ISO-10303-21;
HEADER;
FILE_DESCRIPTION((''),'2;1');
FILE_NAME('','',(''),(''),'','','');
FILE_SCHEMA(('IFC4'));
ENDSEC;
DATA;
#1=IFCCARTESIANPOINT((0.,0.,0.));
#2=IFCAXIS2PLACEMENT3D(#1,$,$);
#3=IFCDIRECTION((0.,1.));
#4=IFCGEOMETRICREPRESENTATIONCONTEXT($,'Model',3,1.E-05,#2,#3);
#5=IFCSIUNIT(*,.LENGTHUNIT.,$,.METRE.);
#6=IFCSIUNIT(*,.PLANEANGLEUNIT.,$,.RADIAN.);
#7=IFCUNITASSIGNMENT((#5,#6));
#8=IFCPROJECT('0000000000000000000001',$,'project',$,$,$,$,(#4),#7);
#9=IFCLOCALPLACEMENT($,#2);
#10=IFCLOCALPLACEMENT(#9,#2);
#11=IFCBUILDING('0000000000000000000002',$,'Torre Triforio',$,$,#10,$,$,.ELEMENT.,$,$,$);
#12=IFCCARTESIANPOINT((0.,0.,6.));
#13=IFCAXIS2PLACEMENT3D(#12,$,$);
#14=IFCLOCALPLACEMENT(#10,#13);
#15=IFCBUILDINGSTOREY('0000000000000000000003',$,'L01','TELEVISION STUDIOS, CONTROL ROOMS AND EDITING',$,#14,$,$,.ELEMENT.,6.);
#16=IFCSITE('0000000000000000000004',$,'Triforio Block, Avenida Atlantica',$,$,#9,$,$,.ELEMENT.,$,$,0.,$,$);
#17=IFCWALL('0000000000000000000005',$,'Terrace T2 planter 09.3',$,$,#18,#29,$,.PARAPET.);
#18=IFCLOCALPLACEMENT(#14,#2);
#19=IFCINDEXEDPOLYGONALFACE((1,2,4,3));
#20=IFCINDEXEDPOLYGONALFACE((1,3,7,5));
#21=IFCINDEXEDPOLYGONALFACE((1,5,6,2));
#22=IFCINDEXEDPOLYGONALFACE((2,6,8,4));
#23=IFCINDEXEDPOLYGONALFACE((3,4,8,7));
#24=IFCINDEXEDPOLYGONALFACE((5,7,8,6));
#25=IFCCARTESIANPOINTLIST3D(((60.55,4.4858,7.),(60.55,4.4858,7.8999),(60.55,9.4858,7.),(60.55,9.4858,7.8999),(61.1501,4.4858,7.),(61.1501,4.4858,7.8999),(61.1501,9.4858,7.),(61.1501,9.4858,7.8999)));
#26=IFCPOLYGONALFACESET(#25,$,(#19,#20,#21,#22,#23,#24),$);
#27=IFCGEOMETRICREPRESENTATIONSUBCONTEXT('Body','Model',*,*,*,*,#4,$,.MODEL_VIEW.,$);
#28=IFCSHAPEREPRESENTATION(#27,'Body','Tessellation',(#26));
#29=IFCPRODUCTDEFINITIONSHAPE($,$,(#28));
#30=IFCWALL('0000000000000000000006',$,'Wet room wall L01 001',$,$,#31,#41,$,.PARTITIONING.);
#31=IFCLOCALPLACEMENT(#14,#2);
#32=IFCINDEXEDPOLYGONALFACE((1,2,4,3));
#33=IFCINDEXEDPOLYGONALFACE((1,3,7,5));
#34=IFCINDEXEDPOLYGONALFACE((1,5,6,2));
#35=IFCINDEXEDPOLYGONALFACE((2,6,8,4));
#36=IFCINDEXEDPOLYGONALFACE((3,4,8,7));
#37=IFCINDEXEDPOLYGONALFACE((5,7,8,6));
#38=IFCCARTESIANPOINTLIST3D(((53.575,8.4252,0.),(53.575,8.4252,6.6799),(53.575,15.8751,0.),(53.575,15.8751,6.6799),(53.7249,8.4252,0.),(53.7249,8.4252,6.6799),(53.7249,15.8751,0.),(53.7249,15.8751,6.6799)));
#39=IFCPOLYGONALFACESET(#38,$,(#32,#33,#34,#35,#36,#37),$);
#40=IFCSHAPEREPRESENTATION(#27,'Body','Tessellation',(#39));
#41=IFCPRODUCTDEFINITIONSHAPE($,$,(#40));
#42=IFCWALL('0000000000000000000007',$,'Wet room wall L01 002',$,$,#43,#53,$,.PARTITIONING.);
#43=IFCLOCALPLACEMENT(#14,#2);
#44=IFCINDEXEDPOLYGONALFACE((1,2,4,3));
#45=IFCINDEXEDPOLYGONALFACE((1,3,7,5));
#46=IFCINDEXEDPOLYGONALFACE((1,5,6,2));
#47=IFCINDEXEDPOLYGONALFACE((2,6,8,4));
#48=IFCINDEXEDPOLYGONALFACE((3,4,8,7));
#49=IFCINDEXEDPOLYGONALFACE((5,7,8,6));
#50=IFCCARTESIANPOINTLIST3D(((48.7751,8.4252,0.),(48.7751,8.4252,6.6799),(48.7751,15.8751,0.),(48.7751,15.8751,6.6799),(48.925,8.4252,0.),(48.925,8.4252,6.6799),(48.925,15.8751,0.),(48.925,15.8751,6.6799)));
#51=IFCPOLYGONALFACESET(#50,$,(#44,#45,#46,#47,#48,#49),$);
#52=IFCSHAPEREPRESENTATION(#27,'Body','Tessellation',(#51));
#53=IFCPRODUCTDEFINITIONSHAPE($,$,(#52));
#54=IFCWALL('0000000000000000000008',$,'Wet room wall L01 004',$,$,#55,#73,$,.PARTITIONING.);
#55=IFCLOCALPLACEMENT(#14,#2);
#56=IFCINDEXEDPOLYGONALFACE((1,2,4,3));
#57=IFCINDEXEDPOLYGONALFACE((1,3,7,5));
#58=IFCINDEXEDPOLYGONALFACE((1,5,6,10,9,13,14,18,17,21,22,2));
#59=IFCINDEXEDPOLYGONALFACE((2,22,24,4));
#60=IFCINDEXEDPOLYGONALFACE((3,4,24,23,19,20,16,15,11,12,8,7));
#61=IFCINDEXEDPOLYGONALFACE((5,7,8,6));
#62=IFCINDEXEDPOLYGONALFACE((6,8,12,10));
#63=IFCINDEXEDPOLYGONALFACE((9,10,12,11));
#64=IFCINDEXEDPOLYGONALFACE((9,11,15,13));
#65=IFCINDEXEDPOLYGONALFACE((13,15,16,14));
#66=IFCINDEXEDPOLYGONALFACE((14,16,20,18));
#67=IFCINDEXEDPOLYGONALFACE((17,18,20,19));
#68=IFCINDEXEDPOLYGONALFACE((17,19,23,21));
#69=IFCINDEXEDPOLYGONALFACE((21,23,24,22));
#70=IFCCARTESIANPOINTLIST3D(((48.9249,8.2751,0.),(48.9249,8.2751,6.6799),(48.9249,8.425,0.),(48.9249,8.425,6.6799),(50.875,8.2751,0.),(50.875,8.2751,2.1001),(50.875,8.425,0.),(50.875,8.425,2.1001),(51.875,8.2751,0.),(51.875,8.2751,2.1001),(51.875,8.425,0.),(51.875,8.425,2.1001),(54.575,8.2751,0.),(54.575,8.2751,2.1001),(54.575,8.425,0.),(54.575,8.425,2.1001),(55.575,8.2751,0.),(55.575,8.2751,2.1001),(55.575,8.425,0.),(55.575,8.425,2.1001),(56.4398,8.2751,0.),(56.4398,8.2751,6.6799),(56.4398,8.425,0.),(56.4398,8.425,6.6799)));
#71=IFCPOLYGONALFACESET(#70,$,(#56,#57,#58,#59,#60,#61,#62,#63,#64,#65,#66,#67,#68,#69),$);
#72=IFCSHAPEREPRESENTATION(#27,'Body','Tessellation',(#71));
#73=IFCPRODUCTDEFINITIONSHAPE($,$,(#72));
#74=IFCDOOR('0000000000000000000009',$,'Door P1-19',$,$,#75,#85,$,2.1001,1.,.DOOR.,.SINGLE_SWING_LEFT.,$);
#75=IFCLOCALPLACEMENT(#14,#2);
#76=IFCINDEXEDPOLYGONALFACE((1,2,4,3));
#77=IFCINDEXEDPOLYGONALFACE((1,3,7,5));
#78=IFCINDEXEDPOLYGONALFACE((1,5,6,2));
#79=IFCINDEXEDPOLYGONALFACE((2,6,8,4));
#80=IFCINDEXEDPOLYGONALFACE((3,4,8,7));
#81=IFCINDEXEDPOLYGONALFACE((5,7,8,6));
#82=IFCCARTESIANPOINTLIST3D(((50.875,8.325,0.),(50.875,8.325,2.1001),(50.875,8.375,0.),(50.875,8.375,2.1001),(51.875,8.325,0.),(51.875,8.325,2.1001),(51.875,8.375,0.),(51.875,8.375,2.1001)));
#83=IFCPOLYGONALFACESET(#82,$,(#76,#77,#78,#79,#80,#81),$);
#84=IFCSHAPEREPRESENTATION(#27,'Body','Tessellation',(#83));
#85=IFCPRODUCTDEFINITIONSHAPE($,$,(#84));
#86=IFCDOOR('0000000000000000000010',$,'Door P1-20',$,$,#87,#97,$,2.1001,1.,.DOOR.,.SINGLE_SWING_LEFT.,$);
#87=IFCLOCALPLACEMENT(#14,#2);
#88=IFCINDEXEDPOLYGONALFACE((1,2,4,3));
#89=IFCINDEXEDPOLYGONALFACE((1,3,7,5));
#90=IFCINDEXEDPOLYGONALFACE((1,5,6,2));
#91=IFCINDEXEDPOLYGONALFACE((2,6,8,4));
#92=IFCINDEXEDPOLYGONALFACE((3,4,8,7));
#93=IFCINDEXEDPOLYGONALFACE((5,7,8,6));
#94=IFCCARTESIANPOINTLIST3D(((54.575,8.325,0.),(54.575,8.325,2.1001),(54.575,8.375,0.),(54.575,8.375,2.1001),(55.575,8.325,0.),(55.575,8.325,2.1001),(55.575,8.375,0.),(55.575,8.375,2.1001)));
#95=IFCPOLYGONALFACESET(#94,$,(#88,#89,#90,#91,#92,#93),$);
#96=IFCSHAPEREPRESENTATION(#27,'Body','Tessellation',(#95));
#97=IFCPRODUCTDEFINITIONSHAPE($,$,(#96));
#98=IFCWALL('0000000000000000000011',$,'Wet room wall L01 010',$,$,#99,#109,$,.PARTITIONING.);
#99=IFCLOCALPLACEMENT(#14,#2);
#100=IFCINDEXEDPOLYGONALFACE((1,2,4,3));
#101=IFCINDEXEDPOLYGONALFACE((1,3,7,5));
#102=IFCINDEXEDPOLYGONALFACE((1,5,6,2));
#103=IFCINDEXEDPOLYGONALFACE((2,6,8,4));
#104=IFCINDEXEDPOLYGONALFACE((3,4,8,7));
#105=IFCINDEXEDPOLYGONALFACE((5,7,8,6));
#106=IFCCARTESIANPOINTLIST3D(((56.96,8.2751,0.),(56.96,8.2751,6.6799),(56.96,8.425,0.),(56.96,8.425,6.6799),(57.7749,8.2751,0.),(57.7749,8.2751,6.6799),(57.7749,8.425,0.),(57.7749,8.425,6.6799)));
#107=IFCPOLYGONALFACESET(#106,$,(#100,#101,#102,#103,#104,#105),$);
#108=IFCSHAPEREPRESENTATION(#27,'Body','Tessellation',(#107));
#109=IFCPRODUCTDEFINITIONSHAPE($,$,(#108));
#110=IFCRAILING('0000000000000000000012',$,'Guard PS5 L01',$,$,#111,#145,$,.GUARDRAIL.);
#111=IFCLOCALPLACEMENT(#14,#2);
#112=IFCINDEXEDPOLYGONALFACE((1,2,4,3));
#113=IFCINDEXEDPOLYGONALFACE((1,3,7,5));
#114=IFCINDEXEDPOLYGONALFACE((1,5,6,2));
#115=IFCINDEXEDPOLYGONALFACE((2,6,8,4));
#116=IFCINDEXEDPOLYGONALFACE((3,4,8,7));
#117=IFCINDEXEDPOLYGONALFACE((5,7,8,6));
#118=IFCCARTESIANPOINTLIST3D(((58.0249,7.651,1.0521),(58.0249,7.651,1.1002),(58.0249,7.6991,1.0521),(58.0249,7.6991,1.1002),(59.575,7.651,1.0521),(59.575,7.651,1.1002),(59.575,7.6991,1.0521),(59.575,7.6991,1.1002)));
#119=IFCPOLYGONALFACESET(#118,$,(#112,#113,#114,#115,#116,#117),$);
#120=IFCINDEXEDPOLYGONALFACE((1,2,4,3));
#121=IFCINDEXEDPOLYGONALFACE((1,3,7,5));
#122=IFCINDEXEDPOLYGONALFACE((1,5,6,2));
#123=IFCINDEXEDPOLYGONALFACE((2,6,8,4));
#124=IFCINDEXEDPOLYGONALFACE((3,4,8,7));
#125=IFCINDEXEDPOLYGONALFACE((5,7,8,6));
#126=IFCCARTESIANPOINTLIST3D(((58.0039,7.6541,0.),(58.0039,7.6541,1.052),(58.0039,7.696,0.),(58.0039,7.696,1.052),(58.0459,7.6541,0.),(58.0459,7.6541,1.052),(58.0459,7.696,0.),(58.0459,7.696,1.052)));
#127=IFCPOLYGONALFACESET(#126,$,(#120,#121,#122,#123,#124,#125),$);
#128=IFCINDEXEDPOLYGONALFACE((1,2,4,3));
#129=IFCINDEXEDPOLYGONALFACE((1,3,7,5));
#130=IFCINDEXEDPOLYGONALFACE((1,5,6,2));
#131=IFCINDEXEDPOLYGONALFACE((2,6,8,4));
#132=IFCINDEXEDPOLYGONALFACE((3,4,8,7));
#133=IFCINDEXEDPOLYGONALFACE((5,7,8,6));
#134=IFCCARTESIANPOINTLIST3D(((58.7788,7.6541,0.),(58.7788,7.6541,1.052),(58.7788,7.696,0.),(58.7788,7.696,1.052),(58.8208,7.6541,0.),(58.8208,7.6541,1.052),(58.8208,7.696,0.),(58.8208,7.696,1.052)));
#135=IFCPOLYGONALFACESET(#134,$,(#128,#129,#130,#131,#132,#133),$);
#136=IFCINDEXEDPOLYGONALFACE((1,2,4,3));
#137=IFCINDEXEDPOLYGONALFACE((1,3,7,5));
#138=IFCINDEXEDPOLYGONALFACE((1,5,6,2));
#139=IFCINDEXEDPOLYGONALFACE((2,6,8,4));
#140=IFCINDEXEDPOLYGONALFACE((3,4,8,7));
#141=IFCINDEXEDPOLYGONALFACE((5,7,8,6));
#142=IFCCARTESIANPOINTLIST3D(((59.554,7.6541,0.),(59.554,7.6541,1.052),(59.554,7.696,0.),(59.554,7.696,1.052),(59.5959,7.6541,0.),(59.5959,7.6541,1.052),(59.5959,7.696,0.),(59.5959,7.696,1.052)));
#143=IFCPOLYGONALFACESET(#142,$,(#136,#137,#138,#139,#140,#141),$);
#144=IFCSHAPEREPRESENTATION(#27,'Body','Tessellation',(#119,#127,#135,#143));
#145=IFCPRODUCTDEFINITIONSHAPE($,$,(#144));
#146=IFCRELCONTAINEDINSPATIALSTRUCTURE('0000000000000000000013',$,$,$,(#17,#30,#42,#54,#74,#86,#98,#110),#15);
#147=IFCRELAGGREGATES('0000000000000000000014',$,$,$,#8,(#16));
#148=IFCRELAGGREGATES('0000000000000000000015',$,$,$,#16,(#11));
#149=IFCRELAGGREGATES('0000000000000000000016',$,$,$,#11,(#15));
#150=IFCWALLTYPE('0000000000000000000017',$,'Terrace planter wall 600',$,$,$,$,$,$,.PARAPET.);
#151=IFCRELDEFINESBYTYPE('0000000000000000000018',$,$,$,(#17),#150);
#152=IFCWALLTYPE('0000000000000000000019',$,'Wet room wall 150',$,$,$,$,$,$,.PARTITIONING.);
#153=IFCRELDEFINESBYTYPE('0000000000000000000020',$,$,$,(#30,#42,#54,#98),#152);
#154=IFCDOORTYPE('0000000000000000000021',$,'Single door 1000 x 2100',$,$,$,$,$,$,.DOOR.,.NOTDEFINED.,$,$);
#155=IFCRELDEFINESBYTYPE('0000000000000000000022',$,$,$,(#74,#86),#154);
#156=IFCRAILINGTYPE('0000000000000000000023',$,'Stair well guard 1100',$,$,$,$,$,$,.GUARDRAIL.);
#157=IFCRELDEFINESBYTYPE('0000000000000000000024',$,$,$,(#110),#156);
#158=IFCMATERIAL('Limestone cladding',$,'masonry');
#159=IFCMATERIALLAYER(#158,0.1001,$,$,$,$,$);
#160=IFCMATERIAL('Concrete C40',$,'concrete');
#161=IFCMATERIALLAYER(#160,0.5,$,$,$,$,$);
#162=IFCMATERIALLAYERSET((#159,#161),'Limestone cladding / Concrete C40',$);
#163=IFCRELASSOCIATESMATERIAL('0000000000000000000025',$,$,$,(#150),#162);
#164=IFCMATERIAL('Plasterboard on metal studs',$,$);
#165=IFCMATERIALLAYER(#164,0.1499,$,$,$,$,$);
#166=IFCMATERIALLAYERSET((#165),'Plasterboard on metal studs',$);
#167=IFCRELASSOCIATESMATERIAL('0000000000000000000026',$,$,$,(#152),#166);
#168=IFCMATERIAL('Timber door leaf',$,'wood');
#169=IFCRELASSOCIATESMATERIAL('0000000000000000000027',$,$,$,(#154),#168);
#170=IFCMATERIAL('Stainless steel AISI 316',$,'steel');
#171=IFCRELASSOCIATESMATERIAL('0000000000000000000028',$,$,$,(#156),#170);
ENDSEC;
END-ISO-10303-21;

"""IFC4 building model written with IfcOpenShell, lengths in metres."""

from ifc_helpers import new_model, si_unit, direction, frame, frame_2d, origin, origin_2d, place, context, subcontext, project, spatial, rectangle, extrude, material, layer, layer_set, type_object, element, fill, save


model = new_model("IFC4")

# Units and contexts
model_context = context("Model", 3, precision=1e-05, world=origin(), true_north=direction((0.0, 1.0)))
body_context = subcontext(model_context, "Body", "Model", "MODEL_VIEW")
ifc_project = project(units=[si_unit("LENGTHUNIT", "METRE"), si_unit("PLANEANGLEUNIT", "RADIAN")], contexts=[model_context])

# Site, building, storey
site_placement = place(None, origin())
site = spatial("IfcSite", under=ifc_project, at=site_placement, Name="Triforio Block, Avenida Atlantica", CompositionType="ELEMENT", RefElevation=0.0)
building_placement = place(site_placement, origin())
building = spatial("IfcBuilding", under=site, at=building_placement, Name="Torre Triforio", CompositionType="ELEMENT")
storey_placement = place(building_placement, frame((0.0, 0.0, 6.0)))
storey = spatial("IfcBuildingStorey", under=building, at=storey_placement, Name="L01", Description="TELEVISION STUDIOS, CONTROL ROOMS AND EDITING", CompositionType="ELEMENT", Elevation=6.0)

# Shared definitions
ifc_material_1 = material(Name="Plasterboard on metal studs")

# Shared definitions
ifc_material_2 = material(Name="Timber door leaf", Category="wood")

# Shared definitions
ifc_material_3 = material(Name="Concrete C40", Category="concrete")

# Walls
ifc_material_4 = material(Name="Limestone cladding", Category="masonry")
ifc_layer_1 = layer(ifc_material_4, 0.1001)
ifc_layer_2 = layer(ifc_material_3, 0.5)
ifc_layer_set_1 = layer_set([ifc_layer_1, ifc_layer_2], Name="Limestone cladding / Concrete C40")
wall_type_1 = type_object("IfcWallType", Name="Terrace planter wall 600", PredefinedType="PARAPET", material=ifc_layer_set_1)
wall_1_placement = place(storey_placement, frame((60.8501, 4.4858, 7.0), z_axis=(0.0, 0.0, 1.0), x_axis=(0.0, 1.0, 0.0)))
element("IfcWall", 1, at=wall_1_placement, inside=storey, type_object=wall_type_1, Name="Terrace T2 planter 09.3", PredefinedType="PARAPET", context=body_context, shape_type="SweptSolid", body=[
    extrude(rectangle(XDim=5.0, YDim=0.6001, at=frame_2d((2.5, 0.0))), origin(), (0.0, 0.0, 1.0), 0.8999),
])
ifc_layer_3 = layer(ifc_material_1, 0.1499)
ifc_layer_set_2 = layer_set([ifc_layer_3], Name="Plasterboard on metal studs")
wall_type_2 = type_object("IfcWallType", Name="Wet room wall 150", PredefinedType="PARTITIONING", material=ifc_layer_set_2)
for number, where, z_axis, x_axis, name in (
    (2, (53.6499, 8.425, 0.0), (0.0, 0.0, 1.0), (0.0, 1.0, 0.0), "Wet room wall L01 001"),
    (3, (48.8501, 8.425, 0.0), (0.0, 0.0, 1.0), (0.0, 1.0, 0.0), "Wet room wall L01 002"),
):
    element("IfcWall", number, at=place(storey_placement, frame(where, z_axis=z_axis, x_axis=x_axis)), inside=storey, type_object=wall_type_2, Name=name, PredefinedType="PARTITIONING", context=body_context, shape_type="SweptSolid", body=[
        extrude(rectangle(XDim=7.45, YDim=0.1499, at=frame_2d((3.7251, 0.0))), origin(), (0.0, 0.0, 1.0), 6.6799),
    ])

# Wall, openings, doors
wall_2_placement = place(storey_placement, frame((48.925, 8.3501, 0.0), z_axis=(0.0, 0.0, 1.0), x_axis=(1.0, 0.0, 0.0)))
wall_2 = element("IfcWall", 4, at=wall_2_placement, inside=storey, type_object=wall_type_2, Name="Wet room wall L01 004", PredefinedType="PARTITIONING", context=body_context, shape_type="SweptSolid", body=[
    extrude(rectangle(XDim=7.5149, YDim=0.1499, at=frame_2d((3.7573, 0.0))), origin(), (0.0, 0.0, 1.0), 6.6799),
])
opening_1_placement = place(wall_2_placement, frame((1.95, 0.0, 0.0)))
opening_1 = element("IfcOpeningElement", 5, at=opening_1_placement, cuts=wall_2, PredefinedType="OPENING", context=body_context, shape_type="SweptSolid", body=[
    extrude(rectangle(XDim=1.0, YDim=2.1001, at=frame_2d((0.5, 1.05))), frame((0.0, 0.085, 0.0), z_axis=(0.0, -1.0, 0.0), x_axis=(1.0, 0.0, 0.0)), (0.0, 0.0, 1.0), 0.1699),
])
opening_2_placement = place(wall_2_placement, frame((5.6499, 0.0, 0.0)))
opening_2 = element("IfcOpeningElement", 6, at=opening_2_placement, cuts=wall_2, PredefinedType="OPENING", context=body_context, shape_type="SweptSolid", body=[
    extrude(rectangle(XDim=1.0, YDim=2.1001, at=frame_2d((0.5, 1.05))), frame((0.0, 0.085, 0.0), z_axis=(0.0, -1.0, 0.0), x_axis=(1.0, 0.0, 0.0)), (0.0, 0.0, 1.0), 0.1699),
])
door_type_1 = type_object("IfcDoorType", Name="Single door 1000 x 2100", OperationType="NOTDEFINED", PredefinedType="DOOR", material=ifc_material_2)
door_1_placement = place(opening_1_placement, origin())
door_1 = element("IfcDoor", 7, at=door_1_placement, inside=storey, type_object=door_type_1, Name="Door P1-19", OperationType="SINGLE_SWING_LEFT", OverallHeight=2.1001, OverallWidth=1.0, PredefinedType="DOOR", context=body_context, shape_type="SweptSolid", body=[
    extrude(rectangle(XDim=1.0, YDim=2.1001, at=frame_2d((0.5, 1.05))), frame((0.0, 0.0249, 0.0), z_axis=(0.0, -1.0, 0.0), x_axis=(1.0, 0.0, 0.0)), (0.0, 0.0, 1.0), 0.05),
])
fill(opening_1, door_1)
door_2_placement = place(opening_2_placement, origin())
door_2 = element("IfcDoor", 8, at=door_2_placement, inside=storey, type_object=door_type_1, Name="Door P1-20", OperationType="SINGLE_SWING_LEFT", OverallHeight=2.1001, OverallWidth=1.0, PredefinedType="DOOR", context=body_context, shape_type="SweptSolid", body=[
    extrude(rectangle(XDim=1.0, YDim=2.1001, at=frame_2d((0.5, 1.05))), frame((0.0, 0.0249, 0.0), z_axis=(0.0, -1.0, 0.0), x_axis=(1.0, 0.0, 0.0)), (0.0, 0.0, 1.0), 0.05),
])
fill(opening_2, door_2)

# Wall
wall_3_placement = place(storey_placement, frame((56.96, 8.3501, 0.0), z_axis=(0.0, 0.0, 1.0), x_axis=(1.0, 0.0, 0.0)))
element("IfcWall", 9, at=wall_3_placement, inside=storey, type_object=wall_type_2, Name="Wet room wall L01 010", PredefinedType="PARTITIONING", context=body_context, shape_type="SweptSolid", body=[
    extrude(rectangle(XDim=0.8149, YDim=0.1499, at=frame_2d((0.4075, 0.0))), origin(), (0.0, 0.0, 1.0), 6.6799),
])

# Railing
ifc_material_5 = material(Name="Stainless steel AISI 316", Category="steel")
railing_type = type_object("IfcRailingType", Name="Stair well guard 1100", PredefinedType="GUARDRAIL", material=ifc_material_5)
railing_placement = place(storey_placement, frame((58.0249, 7.675, 0.0)))
element("IfcRailing", 10, at=railing_placement, inside=storey, type_object=railing_type, Name="Guard PS5 L01", PredefinedType="GUARDRAIL", context=body_context, shape_type="SweptSolid", body=[
    extrude(rectangle(XDim=0.0481, YDim=0.0481, at=origin_2d()), frame((0.0, 0.0, 1.0762), z_axis=(1.0, 0.0, 0.0), x_axis=(0.0, 1.0, 0.0)), (0.0, 0.0, 1.0), 1.55),
    extrude(rectangle(XDim=0.042, YDim=0.042, at=origin_2d()), origin(), (0.0, 0.0, 1.0), 1.052),
    extrude(rectangle(XDim=0.042, YDim=0.042, at=origin_2d()), frame((0.7749, 0.0, 0.0)), (0.0, 0.0, 1.0), 1.052),
    extrude(rectangle(XDim=0.042, YDim=0.042, at=origin_2d()), frame((1.55, 0.0, 0.0)), (0.0, 0.0, 1.0), 1.052),
])

save(model, "model.ifc")
